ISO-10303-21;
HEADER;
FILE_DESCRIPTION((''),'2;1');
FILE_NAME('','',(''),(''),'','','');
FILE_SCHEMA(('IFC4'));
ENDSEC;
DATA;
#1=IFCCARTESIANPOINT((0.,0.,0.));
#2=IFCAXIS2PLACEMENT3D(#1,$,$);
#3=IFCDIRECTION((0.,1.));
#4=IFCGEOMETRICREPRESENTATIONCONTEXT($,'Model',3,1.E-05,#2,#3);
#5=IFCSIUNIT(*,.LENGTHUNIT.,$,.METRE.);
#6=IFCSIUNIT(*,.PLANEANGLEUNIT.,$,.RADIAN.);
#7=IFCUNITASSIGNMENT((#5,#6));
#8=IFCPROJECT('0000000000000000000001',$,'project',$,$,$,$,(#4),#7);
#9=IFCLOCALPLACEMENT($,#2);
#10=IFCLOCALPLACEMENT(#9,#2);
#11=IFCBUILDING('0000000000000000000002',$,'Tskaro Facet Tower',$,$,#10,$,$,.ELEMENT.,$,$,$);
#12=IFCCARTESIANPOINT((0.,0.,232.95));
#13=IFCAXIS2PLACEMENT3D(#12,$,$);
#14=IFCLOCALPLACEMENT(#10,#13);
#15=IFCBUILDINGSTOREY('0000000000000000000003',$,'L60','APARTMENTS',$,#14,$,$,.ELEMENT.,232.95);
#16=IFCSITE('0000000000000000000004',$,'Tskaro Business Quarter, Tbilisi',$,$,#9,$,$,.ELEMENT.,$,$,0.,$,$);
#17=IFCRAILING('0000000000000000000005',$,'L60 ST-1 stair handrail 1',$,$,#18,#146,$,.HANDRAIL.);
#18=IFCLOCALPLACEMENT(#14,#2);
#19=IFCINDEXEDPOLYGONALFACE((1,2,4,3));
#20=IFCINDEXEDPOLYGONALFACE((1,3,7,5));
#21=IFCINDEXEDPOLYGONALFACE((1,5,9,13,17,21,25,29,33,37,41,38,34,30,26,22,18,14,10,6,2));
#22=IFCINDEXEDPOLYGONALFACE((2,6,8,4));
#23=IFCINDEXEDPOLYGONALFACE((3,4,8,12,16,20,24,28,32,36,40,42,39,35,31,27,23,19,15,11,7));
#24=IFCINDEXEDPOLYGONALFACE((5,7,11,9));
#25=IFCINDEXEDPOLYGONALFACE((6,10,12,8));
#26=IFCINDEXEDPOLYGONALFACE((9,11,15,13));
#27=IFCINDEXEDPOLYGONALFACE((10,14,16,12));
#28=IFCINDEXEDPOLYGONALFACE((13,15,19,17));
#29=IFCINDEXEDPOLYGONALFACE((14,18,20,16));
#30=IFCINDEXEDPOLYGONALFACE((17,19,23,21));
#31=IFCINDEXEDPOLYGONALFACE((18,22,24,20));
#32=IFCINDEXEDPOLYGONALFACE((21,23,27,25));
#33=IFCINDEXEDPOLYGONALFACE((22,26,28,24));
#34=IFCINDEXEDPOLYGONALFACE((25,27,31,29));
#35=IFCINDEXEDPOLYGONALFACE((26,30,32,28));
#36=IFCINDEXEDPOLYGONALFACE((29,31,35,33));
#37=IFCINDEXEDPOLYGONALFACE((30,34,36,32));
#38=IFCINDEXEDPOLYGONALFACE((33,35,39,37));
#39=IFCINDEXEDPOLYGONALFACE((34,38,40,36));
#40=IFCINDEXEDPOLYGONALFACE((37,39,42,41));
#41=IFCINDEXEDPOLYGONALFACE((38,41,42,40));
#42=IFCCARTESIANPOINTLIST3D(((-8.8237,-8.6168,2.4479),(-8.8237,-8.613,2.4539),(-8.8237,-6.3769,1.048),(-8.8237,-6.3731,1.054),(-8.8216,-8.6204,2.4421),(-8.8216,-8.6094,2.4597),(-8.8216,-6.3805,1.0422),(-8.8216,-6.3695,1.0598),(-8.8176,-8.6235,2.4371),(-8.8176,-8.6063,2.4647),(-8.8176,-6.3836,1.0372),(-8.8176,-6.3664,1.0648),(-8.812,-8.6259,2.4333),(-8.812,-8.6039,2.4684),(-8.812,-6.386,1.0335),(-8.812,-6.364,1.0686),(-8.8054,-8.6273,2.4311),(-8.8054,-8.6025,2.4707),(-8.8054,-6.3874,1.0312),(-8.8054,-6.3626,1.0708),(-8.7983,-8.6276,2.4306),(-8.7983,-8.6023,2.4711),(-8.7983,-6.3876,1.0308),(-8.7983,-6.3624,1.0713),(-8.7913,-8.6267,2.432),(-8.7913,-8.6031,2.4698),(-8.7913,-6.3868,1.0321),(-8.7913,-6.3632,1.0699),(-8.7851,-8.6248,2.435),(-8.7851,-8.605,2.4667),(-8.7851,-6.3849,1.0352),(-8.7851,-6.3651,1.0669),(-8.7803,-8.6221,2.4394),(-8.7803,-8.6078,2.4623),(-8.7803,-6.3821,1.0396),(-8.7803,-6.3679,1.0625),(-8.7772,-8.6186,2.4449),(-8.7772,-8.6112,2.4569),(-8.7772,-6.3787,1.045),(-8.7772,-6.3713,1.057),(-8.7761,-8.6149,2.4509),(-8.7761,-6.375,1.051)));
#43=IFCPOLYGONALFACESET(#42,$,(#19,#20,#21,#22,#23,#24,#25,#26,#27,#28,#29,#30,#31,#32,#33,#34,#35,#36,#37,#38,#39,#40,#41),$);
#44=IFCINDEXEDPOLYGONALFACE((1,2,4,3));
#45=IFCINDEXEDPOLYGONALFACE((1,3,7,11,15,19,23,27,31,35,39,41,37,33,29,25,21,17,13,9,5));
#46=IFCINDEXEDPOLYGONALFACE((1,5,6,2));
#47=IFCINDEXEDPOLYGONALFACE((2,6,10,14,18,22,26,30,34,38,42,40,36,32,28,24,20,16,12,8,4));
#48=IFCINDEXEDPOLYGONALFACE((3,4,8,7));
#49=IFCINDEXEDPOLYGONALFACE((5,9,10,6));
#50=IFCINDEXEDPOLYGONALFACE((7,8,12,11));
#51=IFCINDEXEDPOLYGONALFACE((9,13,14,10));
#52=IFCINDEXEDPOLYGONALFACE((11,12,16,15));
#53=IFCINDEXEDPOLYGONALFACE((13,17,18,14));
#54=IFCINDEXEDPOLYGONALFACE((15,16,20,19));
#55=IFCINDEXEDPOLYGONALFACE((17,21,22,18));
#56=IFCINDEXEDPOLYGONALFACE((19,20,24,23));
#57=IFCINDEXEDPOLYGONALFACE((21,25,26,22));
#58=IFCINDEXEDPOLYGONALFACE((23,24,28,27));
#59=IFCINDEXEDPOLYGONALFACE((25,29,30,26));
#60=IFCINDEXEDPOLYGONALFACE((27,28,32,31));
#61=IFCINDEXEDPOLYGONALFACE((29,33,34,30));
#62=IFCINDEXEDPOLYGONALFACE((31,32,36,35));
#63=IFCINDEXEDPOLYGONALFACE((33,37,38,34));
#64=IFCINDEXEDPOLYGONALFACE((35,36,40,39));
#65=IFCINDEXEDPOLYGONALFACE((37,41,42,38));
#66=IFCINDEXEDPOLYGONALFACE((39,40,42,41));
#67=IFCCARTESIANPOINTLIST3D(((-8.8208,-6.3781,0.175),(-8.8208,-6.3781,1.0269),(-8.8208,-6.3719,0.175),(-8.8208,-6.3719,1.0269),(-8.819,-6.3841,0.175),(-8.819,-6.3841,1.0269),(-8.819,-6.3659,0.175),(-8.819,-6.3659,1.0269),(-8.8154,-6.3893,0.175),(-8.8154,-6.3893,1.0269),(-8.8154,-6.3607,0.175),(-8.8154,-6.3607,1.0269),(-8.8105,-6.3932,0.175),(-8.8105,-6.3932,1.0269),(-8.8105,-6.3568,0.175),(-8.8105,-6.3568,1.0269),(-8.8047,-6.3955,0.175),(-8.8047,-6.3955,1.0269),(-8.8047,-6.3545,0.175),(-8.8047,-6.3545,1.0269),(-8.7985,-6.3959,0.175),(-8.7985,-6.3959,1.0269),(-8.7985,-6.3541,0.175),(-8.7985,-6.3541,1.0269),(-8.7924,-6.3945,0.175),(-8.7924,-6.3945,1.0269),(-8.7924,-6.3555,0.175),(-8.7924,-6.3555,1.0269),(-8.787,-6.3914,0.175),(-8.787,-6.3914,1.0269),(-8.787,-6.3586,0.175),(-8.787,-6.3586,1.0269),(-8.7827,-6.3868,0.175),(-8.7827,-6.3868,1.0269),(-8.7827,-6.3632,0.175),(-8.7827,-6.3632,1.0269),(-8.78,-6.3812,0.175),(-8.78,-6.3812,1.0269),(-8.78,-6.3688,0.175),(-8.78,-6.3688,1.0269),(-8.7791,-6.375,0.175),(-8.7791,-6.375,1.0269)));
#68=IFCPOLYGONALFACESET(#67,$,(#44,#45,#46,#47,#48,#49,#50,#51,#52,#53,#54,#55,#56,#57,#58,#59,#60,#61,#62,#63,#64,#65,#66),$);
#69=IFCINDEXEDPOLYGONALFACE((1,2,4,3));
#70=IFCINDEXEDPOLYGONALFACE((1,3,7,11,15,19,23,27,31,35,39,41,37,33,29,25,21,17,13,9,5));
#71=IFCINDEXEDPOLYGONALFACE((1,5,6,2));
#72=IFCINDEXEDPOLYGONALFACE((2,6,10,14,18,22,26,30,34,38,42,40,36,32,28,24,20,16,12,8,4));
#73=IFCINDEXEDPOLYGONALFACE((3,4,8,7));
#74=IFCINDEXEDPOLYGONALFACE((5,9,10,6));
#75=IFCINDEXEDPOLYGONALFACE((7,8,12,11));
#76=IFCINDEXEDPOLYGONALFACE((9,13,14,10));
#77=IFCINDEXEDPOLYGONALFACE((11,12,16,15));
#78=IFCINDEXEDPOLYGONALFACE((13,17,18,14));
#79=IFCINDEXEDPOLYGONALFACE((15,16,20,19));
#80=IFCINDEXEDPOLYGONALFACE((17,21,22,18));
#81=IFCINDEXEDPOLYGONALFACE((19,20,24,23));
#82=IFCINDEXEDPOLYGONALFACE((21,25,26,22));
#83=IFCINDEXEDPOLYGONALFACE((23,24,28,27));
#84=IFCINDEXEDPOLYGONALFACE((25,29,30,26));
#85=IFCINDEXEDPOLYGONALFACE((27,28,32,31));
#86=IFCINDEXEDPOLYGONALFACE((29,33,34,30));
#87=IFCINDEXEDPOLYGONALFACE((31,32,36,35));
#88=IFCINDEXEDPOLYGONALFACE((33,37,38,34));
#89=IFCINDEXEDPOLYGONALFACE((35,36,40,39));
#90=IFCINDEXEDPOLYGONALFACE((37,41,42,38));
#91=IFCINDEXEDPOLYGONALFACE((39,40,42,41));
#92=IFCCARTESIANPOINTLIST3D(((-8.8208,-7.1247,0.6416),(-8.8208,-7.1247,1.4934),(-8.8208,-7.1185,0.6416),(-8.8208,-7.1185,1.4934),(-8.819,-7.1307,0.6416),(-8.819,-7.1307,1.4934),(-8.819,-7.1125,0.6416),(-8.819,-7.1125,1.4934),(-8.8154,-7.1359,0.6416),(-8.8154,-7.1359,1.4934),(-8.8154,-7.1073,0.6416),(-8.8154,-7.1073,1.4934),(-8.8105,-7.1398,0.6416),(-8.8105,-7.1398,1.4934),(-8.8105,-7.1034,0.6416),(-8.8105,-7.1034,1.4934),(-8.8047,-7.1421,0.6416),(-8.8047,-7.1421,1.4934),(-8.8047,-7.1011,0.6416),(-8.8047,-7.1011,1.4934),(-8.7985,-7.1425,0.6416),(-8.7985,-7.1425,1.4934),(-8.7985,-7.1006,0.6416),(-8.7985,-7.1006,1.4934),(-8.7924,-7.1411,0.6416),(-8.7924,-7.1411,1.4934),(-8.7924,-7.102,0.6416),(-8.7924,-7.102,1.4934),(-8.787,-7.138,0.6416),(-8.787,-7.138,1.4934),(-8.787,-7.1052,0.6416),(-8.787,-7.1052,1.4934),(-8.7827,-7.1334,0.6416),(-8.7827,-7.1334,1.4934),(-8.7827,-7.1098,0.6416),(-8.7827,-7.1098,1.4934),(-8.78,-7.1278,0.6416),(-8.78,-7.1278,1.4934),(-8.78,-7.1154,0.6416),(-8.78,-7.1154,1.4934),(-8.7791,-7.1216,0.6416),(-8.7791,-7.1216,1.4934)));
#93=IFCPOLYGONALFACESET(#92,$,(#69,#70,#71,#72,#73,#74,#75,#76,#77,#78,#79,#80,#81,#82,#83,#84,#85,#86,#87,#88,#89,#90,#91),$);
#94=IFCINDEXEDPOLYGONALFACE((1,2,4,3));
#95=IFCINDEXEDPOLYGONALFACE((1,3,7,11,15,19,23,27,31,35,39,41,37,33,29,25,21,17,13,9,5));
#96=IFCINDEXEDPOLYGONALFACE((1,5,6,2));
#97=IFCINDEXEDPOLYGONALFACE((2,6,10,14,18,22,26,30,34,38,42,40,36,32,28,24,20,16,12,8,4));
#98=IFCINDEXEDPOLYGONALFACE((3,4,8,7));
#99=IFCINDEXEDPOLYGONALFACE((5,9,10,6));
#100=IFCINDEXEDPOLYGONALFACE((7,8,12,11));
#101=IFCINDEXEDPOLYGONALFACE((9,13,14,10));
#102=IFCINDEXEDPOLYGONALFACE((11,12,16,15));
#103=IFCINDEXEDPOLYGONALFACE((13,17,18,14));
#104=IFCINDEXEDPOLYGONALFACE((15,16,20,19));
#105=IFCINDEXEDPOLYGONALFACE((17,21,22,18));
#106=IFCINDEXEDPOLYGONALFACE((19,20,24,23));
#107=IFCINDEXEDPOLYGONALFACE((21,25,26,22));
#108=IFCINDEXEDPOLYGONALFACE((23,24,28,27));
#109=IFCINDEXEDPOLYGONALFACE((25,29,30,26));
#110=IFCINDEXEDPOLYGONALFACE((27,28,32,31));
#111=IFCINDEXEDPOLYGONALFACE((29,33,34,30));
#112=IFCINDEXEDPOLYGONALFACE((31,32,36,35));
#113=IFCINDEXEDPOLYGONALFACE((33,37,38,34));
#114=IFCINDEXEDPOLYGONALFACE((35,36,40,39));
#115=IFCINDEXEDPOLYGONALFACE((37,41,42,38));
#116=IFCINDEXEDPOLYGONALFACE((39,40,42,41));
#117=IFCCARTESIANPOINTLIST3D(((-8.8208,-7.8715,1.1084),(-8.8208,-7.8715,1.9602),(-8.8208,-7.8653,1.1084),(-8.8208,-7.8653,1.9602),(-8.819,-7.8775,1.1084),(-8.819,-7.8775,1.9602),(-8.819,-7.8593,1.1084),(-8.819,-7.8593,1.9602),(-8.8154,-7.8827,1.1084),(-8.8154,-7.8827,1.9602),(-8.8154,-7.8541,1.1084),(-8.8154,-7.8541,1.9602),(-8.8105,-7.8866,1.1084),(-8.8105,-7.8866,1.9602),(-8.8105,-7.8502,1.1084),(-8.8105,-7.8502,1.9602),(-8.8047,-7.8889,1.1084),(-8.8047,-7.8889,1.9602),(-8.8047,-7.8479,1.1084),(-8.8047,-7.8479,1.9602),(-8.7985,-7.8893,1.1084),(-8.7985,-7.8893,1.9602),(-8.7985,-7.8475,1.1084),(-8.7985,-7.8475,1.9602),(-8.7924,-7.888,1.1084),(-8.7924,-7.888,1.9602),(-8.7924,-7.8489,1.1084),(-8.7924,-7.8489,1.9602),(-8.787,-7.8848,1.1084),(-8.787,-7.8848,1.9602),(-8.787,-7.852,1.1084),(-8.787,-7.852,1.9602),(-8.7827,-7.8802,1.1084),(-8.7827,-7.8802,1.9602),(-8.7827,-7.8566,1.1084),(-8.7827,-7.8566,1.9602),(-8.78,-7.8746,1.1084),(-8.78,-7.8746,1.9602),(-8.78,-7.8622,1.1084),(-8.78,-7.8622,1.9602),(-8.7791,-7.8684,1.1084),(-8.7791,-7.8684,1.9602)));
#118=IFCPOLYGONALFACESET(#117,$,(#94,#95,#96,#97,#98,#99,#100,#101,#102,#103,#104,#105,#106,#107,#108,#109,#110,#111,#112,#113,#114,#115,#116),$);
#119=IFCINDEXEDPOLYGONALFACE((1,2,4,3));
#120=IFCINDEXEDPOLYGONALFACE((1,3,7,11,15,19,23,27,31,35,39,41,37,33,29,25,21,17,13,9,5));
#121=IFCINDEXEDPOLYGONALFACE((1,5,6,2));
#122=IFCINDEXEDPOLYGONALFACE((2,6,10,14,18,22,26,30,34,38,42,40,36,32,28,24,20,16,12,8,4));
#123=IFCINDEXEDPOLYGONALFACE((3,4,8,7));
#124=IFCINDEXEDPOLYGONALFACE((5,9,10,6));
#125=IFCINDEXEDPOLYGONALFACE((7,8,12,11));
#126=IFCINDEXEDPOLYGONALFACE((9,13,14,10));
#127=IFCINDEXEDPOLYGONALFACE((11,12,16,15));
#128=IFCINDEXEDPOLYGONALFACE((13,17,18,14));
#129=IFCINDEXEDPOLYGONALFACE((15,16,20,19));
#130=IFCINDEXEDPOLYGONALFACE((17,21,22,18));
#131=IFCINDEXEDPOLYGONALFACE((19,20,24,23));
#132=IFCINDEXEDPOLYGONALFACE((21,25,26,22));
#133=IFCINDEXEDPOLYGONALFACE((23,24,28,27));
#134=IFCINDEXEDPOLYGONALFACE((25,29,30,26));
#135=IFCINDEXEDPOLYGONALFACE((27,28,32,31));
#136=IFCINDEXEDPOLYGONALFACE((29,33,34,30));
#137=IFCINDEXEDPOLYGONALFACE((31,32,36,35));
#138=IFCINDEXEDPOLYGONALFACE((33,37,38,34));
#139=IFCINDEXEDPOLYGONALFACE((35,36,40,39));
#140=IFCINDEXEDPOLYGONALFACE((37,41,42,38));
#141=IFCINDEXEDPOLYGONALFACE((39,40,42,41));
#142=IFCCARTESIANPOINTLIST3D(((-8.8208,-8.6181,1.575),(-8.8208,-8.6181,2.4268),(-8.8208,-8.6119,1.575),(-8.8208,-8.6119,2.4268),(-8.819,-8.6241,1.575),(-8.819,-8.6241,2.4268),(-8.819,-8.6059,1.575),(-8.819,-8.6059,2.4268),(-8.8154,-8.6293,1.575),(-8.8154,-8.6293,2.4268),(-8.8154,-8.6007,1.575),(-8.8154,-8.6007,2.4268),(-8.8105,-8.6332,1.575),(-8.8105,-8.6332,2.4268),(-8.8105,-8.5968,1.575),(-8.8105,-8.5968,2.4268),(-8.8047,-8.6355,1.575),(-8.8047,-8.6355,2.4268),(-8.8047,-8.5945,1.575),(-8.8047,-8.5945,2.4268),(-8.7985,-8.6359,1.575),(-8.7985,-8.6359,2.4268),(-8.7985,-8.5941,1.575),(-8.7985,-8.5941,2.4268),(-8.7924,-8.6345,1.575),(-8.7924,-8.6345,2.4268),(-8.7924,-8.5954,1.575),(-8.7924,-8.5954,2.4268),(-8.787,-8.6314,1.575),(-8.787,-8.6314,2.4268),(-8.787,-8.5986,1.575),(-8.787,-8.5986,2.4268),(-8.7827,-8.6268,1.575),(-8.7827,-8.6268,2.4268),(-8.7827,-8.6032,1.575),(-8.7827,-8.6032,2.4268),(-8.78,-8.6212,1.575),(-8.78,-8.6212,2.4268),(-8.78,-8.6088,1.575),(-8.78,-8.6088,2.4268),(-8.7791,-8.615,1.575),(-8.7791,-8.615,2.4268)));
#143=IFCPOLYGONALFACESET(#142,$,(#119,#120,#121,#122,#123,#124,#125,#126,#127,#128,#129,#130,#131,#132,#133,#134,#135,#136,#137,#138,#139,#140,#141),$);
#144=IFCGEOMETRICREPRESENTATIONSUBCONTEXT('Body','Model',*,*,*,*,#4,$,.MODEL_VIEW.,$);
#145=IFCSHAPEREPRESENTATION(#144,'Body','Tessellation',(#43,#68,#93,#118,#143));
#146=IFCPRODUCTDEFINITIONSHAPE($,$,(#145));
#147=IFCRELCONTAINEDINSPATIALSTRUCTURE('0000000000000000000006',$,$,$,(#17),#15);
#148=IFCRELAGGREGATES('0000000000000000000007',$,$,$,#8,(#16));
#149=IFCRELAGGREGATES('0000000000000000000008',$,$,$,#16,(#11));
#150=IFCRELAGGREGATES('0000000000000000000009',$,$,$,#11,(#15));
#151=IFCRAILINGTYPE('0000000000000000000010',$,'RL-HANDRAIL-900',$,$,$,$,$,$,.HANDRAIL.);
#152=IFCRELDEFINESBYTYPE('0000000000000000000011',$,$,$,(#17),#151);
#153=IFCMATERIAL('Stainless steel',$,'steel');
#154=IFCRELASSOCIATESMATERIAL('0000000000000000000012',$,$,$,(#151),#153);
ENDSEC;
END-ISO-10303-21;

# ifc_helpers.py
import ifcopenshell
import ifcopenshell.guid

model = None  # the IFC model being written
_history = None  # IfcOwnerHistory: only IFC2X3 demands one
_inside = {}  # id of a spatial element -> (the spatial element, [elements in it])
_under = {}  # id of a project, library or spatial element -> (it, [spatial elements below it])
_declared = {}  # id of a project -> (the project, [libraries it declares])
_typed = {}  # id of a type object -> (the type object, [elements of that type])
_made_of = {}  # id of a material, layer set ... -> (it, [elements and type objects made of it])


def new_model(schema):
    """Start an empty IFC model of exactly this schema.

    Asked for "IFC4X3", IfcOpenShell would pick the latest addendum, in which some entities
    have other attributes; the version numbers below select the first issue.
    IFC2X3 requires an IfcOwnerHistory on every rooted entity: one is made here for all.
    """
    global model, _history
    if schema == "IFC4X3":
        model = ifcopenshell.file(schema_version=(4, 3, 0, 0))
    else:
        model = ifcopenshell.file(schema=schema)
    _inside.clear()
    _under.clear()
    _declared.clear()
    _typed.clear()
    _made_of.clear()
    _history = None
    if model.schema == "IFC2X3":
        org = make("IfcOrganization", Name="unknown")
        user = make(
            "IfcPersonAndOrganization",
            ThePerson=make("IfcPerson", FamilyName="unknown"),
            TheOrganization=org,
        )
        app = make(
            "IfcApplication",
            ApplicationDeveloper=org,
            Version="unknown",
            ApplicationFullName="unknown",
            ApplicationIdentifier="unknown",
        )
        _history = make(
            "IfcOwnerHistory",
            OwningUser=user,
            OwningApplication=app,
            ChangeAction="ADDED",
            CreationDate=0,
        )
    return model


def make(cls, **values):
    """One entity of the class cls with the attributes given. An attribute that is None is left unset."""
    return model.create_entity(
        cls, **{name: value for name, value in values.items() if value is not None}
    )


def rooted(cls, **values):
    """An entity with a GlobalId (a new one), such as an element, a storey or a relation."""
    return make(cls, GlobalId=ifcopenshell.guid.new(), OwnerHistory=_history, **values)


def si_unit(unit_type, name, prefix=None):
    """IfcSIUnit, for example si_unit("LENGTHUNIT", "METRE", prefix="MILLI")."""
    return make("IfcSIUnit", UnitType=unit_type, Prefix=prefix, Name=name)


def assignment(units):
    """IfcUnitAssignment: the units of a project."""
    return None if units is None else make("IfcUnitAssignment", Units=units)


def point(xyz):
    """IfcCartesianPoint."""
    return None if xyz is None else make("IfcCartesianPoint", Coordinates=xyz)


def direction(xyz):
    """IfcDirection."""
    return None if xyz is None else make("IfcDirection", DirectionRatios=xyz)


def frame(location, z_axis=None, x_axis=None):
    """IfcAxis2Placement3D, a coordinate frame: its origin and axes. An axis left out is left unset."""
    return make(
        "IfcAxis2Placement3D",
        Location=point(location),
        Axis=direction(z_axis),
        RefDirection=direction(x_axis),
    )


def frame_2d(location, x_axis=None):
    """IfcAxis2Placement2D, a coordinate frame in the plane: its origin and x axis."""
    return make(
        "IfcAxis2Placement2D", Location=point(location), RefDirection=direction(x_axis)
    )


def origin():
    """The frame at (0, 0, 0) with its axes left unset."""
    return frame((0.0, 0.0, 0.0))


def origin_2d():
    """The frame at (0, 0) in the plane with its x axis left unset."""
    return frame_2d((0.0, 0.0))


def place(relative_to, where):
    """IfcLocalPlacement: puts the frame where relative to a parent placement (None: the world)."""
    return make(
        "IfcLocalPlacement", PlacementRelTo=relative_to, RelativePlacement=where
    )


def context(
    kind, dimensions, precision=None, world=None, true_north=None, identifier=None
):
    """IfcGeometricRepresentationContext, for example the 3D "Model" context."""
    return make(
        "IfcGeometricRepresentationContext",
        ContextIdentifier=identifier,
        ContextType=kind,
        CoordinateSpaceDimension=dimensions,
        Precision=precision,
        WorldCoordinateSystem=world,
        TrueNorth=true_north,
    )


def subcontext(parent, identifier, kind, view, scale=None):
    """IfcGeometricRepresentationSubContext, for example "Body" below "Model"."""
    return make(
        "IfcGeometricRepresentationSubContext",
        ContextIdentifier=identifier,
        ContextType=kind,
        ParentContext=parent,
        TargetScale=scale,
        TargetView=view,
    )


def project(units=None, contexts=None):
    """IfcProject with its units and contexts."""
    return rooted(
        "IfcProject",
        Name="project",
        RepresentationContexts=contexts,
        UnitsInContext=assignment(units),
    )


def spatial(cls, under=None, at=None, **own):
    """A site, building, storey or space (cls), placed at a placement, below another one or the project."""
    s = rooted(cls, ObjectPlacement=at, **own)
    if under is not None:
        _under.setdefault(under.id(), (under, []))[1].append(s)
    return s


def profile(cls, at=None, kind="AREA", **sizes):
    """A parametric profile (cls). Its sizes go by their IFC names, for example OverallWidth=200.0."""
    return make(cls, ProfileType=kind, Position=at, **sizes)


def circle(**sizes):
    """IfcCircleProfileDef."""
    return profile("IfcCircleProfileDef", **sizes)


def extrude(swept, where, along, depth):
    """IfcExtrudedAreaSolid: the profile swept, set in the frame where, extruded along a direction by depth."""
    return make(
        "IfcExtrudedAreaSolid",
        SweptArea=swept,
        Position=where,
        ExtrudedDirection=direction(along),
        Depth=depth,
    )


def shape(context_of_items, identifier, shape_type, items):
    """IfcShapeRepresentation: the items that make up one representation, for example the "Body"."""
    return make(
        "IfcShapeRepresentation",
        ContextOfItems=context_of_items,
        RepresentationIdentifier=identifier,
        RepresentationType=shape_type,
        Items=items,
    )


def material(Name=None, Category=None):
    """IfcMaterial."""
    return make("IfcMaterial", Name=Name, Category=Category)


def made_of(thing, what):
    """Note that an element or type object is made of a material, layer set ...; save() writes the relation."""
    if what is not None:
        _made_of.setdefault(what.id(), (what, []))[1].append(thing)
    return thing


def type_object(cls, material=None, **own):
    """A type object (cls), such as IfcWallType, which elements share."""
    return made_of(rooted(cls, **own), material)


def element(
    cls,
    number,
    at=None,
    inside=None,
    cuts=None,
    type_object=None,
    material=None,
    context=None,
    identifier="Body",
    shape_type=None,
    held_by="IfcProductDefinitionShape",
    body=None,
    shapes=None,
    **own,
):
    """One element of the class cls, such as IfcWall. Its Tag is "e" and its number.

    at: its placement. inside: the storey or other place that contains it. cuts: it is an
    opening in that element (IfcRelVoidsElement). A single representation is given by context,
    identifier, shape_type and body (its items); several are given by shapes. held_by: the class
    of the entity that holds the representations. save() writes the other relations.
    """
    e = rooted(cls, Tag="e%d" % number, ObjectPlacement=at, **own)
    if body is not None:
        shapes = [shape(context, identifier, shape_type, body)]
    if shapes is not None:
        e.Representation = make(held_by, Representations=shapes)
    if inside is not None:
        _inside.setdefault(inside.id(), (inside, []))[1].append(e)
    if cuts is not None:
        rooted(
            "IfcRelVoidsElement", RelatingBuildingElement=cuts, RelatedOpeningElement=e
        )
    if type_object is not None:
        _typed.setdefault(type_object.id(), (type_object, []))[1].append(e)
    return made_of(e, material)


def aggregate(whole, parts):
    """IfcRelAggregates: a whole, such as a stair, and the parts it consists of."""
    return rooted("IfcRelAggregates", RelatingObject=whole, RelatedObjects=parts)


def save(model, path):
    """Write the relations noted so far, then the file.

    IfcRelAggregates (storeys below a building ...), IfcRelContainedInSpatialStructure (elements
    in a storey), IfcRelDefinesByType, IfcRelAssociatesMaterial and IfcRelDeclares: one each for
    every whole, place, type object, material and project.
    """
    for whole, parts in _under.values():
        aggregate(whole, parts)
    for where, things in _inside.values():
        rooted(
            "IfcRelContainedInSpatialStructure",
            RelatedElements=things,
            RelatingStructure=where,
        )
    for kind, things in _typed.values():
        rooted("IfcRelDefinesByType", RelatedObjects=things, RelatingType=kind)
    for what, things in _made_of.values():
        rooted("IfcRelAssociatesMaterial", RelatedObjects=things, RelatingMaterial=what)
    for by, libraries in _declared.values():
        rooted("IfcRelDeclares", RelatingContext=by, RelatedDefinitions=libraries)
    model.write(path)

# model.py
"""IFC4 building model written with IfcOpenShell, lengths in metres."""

from ifc_helpers import new_model, si_unit, direction, frame, origin, origin_2d, place, context, subcontext, project, spatial, circle, extrude, material, type_object, element, save


model = new_model("IFC4")

# Units and contexts
model_context = context("Model", 3, precision=1e-05, world=origin(), true_north=direction((0.0, 1.0)))
body_context = subcontext(model_context, "Body", "Model", "MODEL_VIEW")
ifc_project = project(units=[si_unit("LENGTHUNIT", "METRE"), si_unit("PLANEANGLEUNIT", "RADIAN")], contexts=[model_context])

# Site, building, storey
site_placement = place(None, origin())
site = spatial("IfcSite", under=ifc_project, at=site_placement, Name="Tskaro Business Quarter, Tbilisi", CompositionType="ELEMENT", RefElevation=0.0)
building_placement = place(site_placement, origin())
building = spatial("IfcBuilding", under=site, at=building_placement, Name="Tskaro Facet Tower", CompositionType="ELEMENT")
storey_placement = place(building_placement, frame((0.0, 0.0, 232.95)))
storey = spatial("IfcBuildingStorey", under=building, at=storey_placement, Name="L60", Description="APARTMENTS", CompositionType="ELEMENT", Elevation=232.95)

# Shared definitions
ifc_material_1 = material(Name="Stainless steel", Category="steel")

# Railing
railing_type_1 = type_object("IfcRailingType", Name="RL-HANDRAIL-900", PredefinedType="HANDRAIL", material=ifc_material_1)
railing_1_placement = place(storey_placement, frame((-8.8, -6.375, 0.175)))
element("IfcRailing", 1, at=railing_1_placement, inside=storey, type_object=railing_type_1, Name="L60 ST-1 stair handrail 1", PredefinedType="HANDRAIL", context=body_context, shape_type="SweptSolid", body=[
    extrude(circle(Radius=0.0239, at=origin_2d()), frame((0.0, 0.0, 0.876), z_axis=(0.0, -0.848014, 0.529974), x_axis=(1.0, 0.0, 0.0)), (0.0, 0.0, 1.0), 2.6414),
    extrude(circle(Radius=0.021, at=origin_2d()), origin(), (0.0, 0.0, 1.0), 0.8518),
    extrude(circle(Radius=0.021, at=origin_2d()), frame((0.0, -0.7466, 0.4666)), (0.0, 0.0, 1.0), 0.8518),
    extrude(circle(Radius=0.021, at=origin_2d()), frame((0.0, -1.4934, 0.9333)), (0.0, 0.0, 1.0), 0.8518),
    extrude(circle(Radius=0.021, at=origin_2d()), frame((0.0, -2.24, 1.3999)), (0.0, 0.0, 1.0), 0.8518),
])

save(model, "model.ifc")
